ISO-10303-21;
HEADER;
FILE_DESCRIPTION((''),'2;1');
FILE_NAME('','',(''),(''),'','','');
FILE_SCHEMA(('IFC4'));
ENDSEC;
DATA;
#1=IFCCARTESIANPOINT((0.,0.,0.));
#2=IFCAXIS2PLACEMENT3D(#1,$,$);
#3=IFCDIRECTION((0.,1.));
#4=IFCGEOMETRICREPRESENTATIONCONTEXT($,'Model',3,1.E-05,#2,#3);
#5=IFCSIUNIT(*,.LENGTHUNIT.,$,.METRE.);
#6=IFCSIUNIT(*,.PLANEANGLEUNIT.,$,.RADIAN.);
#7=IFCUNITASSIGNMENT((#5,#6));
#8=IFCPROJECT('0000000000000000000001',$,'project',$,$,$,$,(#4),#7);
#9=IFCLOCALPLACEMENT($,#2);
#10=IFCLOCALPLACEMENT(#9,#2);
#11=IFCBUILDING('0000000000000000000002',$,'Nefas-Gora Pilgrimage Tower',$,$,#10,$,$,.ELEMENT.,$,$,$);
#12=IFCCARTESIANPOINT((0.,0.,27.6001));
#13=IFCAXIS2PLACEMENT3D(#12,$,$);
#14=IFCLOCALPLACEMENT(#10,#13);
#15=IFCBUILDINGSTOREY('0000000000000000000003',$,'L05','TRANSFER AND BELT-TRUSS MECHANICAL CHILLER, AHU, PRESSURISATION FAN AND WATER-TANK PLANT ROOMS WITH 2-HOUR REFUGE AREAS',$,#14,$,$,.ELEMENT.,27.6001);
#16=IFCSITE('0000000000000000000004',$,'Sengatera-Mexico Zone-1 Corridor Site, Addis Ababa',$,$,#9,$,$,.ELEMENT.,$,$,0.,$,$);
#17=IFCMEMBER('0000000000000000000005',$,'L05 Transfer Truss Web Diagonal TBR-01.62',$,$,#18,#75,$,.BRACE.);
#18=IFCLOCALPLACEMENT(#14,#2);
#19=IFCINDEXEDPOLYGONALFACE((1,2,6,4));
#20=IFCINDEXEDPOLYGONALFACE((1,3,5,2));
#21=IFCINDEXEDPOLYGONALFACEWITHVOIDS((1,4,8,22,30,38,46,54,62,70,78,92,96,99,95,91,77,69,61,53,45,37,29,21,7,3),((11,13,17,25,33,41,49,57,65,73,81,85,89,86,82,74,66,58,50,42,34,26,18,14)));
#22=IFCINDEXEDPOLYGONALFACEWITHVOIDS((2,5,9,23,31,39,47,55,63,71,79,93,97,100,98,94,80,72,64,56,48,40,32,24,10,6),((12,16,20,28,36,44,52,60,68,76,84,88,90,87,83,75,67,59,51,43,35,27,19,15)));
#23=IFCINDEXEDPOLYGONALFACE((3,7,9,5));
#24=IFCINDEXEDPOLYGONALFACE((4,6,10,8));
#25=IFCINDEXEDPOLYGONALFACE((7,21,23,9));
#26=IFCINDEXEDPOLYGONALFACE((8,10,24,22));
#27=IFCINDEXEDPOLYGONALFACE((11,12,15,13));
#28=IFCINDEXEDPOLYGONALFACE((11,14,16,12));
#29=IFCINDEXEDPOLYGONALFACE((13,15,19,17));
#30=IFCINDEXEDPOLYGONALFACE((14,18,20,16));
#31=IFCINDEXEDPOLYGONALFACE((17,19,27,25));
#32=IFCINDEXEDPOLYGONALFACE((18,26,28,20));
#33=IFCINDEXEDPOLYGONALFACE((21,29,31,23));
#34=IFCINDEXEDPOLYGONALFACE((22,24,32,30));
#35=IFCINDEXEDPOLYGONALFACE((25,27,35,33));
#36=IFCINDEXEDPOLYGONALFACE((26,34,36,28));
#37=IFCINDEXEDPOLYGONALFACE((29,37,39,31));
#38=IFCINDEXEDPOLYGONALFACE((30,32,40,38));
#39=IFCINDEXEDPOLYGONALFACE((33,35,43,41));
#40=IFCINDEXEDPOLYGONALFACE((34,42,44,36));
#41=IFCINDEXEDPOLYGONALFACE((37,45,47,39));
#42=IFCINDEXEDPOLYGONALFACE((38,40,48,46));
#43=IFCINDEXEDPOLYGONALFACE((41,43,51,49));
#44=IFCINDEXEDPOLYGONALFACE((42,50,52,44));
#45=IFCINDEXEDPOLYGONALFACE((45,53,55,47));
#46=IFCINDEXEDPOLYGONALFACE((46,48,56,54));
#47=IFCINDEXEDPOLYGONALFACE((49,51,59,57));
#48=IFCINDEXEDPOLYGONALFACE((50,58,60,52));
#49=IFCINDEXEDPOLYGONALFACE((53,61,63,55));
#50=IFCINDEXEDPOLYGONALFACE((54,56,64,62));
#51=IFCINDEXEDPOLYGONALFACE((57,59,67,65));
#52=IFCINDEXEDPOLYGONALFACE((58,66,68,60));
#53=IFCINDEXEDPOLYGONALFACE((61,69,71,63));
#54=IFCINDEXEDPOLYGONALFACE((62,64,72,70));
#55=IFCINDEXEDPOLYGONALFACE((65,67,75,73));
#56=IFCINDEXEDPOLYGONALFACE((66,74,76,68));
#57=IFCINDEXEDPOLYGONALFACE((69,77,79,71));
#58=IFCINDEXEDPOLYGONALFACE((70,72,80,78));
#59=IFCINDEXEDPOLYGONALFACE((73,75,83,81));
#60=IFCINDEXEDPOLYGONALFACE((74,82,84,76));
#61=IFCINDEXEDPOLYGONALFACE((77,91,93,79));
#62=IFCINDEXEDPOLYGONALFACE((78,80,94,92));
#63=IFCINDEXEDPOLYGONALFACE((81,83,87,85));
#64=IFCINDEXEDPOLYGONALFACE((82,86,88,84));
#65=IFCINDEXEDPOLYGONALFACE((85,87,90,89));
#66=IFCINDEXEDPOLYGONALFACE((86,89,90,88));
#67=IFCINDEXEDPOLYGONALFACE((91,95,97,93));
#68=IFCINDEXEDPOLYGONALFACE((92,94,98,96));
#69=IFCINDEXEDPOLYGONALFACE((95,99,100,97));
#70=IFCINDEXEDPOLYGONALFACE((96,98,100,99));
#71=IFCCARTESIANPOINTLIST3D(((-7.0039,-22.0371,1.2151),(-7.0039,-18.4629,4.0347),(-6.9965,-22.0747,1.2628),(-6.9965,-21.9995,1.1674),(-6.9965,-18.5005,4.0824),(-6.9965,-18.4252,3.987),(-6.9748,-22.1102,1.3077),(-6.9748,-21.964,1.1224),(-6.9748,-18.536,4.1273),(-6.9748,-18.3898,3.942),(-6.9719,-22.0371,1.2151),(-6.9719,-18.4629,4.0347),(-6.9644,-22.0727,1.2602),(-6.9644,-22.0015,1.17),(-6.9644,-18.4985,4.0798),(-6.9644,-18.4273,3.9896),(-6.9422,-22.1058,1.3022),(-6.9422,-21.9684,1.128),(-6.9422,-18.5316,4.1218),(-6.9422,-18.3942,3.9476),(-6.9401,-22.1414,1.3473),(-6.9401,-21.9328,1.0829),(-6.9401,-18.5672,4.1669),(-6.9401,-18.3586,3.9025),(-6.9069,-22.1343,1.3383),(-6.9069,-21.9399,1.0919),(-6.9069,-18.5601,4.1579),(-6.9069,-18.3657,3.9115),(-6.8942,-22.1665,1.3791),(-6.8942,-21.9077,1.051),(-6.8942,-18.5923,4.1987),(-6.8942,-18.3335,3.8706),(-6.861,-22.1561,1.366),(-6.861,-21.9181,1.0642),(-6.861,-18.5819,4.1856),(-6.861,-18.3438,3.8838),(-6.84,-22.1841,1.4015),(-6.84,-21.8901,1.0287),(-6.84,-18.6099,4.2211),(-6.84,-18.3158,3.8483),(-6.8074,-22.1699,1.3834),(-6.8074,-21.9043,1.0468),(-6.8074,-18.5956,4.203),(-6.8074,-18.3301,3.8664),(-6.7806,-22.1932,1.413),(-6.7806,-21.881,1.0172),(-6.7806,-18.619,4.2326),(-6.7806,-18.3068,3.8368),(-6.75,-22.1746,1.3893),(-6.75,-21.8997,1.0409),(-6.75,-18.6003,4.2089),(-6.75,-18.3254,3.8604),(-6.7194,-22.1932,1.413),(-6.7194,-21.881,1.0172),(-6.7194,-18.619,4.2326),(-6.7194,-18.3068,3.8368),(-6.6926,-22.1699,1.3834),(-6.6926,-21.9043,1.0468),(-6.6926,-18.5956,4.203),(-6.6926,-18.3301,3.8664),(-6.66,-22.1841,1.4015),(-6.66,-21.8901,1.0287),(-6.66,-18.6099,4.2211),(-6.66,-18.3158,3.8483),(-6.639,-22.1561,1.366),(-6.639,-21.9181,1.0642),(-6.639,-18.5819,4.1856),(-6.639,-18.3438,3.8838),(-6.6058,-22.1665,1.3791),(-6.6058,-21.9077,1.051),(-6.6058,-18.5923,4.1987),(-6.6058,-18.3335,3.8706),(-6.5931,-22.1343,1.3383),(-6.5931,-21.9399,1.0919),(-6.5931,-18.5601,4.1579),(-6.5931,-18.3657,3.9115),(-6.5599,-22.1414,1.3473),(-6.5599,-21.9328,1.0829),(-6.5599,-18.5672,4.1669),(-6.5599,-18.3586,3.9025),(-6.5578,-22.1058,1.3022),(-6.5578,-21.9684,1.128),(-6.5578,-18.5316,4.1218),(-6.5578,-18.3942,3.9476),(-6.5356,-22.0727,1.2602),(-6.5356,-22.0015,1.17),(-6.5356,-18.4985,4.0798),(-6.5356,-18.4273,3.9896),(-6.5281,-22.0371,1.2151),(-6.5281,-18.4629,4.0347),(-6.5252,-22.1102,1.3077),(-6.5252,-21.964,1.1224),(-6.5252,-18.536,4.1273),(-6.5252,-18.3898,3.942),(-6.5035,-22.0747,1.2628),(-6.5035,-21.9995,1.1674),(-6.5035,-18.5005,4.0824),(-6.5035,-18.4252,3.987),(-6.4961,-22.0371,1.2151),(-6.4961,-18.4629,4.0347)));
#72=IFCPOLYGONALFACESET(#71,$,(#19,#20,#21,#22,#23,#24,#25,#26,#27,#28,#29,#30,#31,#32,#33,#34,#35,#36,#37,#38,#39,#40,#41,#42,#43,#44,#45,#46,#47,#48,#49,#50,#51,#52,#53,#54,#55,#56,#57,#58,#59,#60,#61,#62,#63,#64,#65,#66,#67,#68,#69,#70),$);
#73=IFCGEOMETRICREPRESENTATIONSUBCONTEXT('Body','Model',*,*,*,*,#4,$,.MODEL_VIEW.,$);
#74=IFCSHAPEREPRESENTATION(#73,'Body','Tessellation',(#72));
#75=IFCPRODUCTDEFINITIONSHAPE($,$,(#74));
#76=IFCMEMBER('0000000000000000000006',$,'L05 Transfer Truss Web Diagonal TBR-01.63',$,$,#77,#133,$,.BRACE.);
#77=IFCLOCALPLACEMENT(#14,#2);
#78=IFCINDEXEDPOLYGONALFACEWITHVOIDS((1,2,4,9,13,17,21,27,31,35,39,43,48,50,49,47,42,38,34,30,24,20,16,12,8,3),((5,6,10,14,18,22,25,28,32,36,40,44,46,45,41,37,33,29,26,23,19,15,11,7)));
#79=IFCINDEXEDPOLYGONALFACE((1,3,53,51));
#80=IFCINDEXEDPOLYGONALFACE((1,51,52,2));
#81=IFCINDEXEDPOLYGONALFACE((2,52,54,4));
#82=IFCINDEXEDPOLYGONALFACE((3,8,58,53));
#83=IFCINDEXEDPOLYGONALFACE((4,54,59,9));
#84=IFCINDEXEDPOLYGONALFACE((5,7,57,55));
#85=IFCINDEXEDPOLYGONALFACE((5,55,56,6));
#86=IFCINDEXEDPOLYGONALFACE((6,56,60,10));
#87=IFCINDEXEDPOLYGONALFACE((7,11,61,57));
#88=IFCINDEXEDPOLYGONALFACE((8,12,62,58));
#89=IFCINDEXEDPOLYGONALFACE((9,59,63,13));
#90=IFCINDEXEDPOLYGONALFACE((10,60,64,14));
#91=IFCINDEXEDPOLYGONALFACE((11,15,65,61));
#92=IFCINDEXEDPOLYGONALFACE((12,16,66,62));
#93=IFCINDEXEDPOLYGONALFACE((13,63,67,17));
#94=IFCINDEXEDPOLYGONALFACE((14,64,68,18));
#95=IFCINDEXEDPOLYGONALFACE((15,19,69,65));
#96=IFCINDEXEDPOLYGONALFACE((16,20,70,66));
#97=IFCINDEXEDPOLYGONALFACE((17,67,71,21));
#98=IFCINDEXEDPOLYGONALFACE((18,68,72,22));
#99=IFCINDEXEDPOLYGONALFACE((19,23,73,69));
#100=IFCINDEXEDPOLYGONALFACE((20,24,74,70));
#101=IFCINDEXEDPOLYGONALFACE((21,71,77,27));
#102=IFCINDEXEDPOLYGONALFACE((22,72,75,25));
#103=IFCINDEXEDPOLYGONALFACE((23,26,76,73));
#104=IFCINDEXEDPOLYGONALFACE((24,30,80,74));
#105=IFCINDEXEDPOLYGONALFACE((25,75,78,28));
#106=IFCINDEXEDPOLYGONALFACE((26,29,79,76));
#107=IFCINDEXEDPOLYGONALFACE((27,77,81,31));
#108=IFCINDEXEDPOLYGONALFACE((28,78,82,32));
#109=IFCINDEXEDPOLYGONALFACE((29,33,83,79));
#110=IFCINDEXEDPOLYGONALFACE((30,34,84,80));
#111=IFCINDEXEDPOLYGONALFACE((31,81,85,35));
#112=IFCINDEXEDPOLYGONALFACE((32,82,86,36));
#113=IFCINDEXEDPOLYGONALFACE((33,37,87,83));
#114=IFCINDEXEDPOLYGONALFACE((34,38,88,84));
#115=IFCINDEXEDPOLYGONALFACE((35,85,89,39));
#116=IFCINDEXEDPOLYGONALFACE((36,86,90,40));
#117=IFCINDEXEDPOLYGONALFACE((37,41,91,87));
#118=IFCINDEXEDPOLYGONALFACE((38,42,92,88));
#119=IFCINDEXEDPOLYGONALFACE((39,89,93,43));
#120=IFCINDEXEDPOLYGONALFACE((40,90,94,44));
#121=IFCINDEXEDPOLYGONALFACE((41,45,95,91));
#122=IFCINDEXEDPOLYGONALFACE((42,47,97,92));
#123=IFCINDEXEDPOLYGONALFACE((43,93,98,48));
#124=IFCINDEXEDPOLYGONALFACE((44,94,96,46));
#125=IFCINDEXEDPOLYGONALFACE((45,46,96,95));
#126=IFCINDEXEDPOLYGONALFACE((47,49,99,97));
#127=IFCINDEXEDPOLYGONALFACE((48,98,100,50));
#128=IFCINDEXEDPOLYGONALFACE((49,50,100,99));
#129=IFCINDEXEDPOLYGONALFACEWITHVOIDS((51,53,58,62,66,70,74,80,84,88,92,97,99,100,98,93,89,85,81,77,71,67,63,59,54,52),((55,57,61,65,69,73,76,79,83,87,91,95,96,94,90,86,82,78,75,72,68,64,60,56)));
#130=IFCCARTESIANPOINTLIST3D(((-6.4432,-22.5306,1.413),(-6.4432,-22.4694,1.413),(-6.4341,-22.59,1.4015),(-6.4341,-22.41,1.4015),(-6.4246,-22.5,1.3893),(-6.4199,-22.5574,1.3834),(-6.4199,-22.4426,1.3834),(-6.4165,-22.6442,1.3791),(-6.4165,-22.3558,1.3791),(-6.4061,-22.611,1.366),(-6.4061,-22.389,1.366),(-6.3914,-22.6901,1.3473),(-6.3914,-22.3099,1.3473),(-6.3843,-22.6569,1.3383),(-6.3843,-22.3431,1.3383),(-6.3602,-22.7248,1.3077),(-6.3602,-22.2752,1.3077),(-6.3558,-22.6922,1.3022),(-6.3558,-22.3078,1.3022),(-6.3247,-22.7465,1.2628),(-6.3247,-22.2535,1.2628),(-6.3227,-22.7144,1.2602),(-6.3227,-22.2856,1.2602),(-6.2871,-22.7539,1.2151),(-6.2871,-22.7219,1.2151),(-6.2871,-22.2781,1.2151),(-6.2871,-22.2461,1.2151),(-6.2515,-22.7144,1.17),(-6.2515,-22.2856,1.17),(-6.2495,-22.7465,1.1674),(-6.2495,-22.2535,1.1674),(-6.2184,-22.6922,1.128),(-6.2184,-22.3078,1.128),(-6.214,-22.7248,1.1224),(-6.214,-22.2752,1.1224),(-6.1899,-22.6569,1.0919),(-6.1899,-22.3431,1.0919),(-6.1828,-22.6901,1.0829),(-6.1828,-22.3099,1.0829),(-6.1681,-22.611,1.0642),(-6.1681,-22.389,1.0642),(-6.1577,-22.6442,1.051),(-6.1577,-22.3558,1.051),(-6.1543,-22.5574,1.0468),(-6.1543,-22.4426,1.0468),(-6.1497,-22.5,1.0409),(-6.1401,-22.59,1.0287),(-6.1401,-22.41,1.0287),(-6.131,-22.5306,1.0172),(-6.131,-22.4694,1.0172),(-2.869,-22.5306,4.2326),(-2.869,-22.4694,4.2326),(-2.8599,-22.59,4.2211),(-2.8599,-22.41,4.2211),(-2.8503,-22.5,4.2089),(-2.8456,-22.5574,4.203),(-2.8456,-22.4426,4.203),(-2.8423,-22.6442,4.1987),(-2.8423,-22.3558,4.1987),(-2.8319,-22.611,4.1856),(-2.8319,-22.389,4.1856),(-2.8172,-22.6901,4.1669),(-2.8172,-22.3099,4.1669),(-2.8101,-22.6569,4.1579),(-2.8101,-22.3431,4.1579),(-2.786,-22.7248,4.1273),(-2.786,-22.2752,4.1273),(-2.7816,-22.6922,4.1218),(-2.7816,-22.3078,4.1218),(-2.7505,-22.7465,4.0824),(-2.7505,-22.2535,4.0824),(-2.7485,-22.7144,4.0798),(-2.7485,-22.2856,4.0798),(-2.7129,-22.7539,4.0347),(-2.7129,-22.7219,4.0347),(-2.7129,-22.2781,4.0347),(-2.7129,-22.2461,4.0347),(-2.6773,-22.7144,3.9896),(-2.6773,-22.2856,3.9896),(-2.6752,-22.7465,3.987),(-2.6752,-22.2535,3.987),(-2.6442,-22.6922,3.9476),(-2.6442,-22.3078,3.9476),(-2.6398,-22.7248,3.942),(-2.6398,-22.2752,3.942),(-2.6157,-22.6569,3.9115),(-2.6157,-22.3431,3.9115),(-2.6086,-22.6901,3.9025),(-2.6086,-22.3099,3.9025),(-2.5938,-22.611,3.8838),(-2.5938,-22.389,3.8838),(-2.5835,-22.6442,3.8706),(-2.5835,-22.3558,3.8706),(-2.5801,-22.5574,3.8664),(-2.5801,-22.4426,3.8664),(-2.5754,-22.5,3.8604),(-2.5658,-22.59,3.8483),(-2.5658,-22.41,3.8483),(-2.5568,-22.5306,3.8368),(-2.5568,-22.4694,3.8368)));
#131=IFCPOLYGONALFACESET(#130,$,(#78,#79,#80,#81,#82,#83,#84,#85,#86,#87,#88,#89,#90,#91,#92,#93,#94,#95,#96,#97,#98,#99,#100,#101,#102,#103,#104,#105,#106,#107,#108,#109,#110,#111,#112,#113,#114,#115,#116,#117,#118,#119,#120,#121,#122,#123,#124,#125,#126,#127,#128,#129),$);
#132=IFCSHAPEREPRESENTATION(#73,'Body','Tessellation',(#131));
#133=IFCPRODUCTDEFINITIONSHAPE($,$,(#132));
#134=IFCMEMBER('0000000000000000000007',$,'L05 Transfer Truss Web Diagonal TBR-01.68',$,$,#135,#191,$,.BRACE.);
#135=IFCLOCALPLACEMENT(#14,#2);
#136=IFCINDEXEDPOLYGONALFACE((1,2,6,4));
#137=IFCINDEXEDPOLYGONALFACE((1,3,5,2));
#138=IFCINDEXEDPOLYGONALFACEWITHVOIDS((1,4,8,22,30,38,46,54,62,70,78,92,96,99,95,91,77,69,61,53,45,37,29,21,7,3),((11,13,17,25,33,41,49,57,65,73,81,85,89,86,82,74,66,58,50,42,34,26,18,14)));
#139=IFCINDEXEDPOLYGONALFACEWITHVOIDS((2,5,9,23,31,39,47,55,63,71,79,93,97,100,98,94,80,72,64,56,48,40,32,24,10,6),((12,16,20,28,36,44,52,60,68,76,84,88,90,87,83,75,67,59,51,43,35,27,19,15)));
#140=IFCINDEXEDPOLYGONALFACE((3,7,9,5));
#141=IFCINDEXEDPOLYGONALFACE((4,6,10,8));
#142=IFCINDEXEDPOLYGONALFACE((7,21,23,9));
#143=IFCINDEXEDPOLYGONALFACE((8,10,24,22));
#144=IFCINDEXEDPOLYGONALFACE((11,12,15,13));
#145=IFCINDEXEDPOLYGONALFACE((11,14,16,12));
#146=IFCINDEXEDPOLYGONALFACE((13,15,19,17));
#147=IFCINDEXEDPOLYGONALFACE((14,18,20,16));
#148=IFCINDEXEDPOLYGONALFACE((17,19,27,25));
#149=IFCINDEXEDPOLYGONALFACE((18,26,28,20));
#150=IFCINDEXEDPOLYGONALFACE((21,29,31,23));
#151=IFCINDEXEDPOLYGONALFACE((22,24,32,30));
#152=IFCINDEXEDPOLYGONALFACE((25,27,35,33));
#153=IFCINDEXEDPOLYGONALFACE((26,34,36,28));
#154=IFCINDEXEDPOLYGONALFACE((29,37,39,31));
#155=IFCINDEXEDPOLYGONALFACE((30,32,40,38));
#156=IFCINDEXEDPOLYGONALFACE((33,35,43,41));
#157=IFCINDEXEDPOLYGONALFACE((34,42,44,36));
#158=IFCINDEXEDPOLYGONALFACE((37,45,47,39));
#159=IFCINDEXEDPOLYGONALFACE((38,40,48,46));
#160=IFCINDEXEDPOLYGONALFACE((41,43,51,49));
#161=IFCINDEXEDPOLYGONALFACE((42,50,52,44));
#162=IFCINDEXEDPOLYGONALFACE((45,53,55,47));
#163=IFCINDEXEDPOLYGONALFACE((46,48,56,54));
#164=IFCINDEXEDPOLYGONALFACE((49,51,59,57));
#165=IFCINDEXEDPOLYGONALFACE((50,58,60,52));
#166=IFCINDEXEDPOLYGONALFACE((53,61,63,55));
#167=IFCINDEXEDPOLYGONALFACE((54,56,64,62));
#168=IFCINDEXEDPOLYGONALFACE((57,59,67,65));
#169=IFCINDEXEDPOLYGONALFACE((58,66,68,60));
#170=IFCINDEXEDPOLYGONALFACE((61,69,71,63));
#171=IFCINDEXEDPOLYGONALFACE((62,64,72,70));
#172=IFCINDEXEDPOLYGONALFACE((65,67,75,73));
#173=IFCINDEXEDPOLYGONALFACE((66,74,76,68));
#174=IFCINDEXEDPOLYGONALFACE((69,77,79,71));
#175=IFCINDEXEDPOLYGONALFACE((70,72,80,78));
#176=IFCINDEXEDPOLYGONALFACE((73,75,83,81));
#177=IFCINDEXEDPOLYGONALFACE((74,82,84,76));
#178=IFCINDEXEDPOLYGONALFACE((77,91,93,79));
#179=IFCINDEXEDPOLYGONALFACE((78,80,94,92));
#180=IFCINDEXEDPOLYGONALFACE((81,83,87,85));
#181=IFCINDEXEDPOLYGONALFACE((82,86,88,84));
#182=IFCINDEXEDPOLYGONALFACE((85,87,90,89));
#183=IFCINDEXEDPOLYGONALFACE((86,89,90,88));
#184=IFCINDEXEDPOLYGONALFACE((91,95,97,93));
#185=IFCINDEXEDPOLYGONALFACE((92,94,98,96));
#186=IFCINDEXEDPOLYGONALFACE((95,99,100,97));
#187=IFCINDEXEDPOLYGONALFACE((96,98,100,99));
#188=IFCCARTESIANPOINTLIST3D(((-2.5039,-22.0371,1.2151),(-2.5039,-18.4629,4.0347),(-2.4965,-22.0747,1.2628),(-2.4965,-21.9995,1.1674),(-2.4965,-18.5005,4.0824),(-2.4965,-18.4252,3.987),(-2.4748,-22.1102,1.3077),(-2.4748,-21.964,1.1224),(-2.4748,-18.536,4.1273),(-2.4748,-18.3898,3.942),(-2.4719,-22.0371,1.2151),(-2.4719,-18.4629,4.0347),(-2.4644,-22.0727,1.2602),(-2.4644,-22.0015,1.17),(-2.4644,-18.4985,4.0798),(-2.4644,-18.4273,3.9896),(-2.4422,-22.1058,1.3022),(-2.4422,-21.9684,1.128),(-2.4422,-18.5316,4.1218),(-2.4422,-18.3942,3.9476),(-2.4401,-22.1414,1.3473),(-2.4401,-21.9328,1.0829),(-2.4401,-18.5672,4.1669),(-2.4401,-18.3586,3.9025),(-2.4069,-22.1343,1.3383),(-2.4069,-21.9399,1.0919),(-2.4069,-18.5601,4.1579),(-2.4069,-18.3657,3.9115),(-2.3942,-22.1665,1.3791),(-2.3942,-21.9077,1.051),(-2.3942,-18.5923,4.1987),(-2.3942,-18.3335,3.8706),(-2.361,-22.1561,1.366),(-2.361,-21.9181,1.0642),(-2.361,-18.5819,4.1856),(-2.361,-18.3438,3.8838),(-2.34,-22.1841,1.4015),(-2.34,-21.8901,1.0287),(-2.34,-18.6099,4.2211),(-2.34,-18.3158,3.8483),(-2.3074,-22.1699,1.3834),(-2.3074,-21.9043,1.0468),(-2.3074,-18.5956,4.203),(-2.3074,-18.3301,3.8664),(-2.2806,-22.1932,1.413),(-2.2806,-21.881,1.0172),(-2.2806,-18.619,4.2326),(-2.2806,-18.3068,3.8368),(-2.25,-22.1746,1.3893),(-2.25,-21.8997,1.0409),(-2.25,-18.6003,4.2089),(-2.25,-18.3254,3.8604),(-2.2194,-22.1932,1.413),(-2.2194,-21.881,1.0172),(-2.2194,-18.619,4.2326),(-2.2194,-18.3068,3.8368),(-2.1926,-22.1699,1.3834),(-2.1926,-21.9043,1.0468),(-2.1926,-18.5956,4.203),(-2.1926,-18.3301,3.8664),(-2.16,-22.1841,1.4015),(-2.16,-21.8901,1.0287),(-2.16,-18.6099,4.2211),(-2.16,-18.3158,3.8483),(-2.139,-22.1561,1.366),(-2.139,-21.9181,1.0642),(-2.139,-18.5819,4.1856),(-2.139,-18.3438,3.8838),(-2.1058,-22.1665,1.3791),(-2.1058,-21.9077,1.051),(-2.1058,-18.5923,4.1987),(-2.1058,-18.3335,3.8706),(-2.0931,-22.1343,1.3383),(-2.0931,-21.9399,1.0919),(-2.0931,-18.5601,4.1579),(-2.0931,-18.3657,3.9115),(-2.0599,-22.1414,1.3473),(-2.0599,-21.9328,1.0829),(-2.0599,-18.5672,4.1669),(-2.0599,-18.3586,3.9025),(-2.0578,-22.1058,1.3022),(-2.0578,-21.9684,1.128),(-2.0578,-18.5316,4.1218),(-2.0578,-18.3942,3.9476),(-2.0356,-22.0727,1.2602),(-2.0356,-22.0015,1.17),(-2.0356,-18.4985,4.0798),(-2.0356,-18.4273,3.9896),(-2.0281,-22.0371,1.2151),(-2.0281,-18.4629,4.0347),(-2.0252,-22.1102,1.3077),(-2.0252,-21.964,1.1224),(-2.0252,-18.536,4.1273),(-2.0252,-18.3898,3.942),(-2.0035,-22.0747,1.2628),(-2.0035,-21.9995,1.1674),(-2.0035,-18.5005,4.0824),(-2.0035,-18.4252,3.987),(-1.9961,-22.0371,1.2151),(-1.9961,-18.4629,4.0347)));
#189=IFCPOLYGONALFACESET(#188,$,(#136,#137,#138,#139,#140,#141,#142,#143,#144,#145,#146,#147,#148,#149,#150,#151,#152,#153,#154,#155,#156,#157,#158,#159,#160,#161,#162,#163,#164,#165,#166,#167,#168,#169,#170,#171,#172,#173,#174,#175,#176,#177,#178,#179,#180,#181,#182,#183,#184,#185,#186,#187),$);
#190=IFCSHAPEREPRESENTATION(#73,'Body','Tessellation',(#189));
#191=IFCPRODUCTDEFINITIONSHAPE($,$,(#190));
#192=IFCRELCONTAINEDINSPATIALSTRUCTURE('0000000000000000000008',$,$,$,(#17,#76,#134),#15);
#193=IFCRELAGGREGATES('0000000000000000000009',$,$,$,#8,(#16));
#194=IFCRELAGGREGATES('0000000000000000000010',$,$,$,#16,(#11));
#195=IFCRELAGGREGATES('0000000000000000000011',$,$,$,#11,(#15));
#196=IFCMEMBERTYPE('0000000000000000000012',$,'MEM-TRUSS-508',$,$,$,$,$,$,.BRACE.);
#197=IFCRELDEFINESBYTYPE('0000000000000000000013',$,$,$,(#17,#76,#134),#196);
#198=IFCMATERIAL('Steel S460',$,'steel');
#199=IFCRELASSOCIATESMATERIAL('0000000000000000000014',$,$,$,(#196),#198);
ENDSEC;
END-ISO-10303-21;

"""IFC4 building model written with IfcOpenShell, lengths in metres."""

from ifc_helpers import new_model, si_unit, direction, frame, origin, origin_2d, place, context, subcontext, project, spatial, hollow_circle, extrude, source, transform, mapped, material, material_profile, profile_set, type_object, element, save


model = new_model("IFC4")

# Units and contexts
model_context = context("Model", 3, precision=1e-05, world=origin(), true_north=direction((0.0, 1.0)))
body_context = subcontext(model_context, "Body", "Model", "MODEL_VIEW")
ifc_project = project(units=[si_unit("LENGTHUNIT", "METRE"), si_unit("PLANEANGLEUNIT", "RADIAN")], contexts=[model_context])

# Site, building, storey
site_placement = place(None, origin())
site = spatial("IfcSite", under=ifc_project, at=site_placement, Name="Sengatera-Mexico Zone-1 Corridor Site, Addis Ababa", CompositionType="ELEMENT", RefElevation=0.0)
building_placement = place(site_placement, origin())
building = spatial("IfcBuilding", under=site, at=building_placement, Name="Nefas-Gora Pilgrimage Tower", CompositionType="ELEMENT")
storey_placement = place(building_placement, frame((0.0, 0.0, 27.6001)))
storey = spatial("IfcBuildingStorey", under=building, at=storey_placement, Name="L05", Description="TRANSFER AND BELT-TRUSS MECHANICAL CHILLER, AHU, PRESSURISATION FAN AND WATER-TANK PLANT ROOMS WITH 2-HOUR REFUGE AREAS", CompositionType="ELEMENT", Elevation=27.6001)

# Shared definitions
ifc_material_1 = material(Name="Steel S460", Category="steel")

# Members
ifc_material_profile_1 = material_profile(ifc_material_1, hollow_circle(Radius=0.2539, WallThickness=0.032, at=origin_2d()), Name="CHS 508x32")
ifc_profile_set_1 = profile_set([ifc_material_profile_1], Name="Steel S460")
member_type = type_object("IfcMemberType", Name="MEM-TRUSS-508", PredefinedType="BRACE", material=ifc_profile_set_1)
shared_shape_1 = source(origin(), body_context, "Body", "SweptSolid", [
    extrude(hollow_circle(Radius=0.2539, WallThickness=0.032, at=origin_2d()), origin(), (0.0, 0.0, 1.0), 4.5525),
])
for number, where, z_axis, x_axis, name in (
    (1, (-6.75, -22.0371, 1.2151), (0.0, 0.785115, 0.61935), (-1.0, 0.0, 0.0), "L05 Transfer Truss Web Diagonal TBR-01.62"),
    (2, (-6.2871, -22.5, 1.2151), (0.785115, 0.0, 0.61935), (0.0, 1.0, 0.0), "L05 Transfer Truss Web Diagonal TBR-01.63"),
    (3, (-2.25, -22.0371, 1.2151), (0.0, 0.785115, 0.61935), (-1.0, 0.0, 0.0), "L05 Transfer Truss Web Diagonal TBR-01.68"),
):
    element("IfcMember", number, at=place(storey_placement, frame(where, z_axis=z_axis, x_axis=x_axis)), inside=storey, type_object=member_type, Name=name, PredefinedType="BRACE", context=body_context, shape_type="MappedRepresentation", body=[
        mapped(shared_shape_1, transform((0.0, 0.0, 0.0), x_axis=(1.0, 0.0, 0.0), y_axis=(0.0, 1.0, 0.0), z_axis=(0.0, 0.0, 1.0), scale=1.0)),
    ])

save(model, "model.ifc")
